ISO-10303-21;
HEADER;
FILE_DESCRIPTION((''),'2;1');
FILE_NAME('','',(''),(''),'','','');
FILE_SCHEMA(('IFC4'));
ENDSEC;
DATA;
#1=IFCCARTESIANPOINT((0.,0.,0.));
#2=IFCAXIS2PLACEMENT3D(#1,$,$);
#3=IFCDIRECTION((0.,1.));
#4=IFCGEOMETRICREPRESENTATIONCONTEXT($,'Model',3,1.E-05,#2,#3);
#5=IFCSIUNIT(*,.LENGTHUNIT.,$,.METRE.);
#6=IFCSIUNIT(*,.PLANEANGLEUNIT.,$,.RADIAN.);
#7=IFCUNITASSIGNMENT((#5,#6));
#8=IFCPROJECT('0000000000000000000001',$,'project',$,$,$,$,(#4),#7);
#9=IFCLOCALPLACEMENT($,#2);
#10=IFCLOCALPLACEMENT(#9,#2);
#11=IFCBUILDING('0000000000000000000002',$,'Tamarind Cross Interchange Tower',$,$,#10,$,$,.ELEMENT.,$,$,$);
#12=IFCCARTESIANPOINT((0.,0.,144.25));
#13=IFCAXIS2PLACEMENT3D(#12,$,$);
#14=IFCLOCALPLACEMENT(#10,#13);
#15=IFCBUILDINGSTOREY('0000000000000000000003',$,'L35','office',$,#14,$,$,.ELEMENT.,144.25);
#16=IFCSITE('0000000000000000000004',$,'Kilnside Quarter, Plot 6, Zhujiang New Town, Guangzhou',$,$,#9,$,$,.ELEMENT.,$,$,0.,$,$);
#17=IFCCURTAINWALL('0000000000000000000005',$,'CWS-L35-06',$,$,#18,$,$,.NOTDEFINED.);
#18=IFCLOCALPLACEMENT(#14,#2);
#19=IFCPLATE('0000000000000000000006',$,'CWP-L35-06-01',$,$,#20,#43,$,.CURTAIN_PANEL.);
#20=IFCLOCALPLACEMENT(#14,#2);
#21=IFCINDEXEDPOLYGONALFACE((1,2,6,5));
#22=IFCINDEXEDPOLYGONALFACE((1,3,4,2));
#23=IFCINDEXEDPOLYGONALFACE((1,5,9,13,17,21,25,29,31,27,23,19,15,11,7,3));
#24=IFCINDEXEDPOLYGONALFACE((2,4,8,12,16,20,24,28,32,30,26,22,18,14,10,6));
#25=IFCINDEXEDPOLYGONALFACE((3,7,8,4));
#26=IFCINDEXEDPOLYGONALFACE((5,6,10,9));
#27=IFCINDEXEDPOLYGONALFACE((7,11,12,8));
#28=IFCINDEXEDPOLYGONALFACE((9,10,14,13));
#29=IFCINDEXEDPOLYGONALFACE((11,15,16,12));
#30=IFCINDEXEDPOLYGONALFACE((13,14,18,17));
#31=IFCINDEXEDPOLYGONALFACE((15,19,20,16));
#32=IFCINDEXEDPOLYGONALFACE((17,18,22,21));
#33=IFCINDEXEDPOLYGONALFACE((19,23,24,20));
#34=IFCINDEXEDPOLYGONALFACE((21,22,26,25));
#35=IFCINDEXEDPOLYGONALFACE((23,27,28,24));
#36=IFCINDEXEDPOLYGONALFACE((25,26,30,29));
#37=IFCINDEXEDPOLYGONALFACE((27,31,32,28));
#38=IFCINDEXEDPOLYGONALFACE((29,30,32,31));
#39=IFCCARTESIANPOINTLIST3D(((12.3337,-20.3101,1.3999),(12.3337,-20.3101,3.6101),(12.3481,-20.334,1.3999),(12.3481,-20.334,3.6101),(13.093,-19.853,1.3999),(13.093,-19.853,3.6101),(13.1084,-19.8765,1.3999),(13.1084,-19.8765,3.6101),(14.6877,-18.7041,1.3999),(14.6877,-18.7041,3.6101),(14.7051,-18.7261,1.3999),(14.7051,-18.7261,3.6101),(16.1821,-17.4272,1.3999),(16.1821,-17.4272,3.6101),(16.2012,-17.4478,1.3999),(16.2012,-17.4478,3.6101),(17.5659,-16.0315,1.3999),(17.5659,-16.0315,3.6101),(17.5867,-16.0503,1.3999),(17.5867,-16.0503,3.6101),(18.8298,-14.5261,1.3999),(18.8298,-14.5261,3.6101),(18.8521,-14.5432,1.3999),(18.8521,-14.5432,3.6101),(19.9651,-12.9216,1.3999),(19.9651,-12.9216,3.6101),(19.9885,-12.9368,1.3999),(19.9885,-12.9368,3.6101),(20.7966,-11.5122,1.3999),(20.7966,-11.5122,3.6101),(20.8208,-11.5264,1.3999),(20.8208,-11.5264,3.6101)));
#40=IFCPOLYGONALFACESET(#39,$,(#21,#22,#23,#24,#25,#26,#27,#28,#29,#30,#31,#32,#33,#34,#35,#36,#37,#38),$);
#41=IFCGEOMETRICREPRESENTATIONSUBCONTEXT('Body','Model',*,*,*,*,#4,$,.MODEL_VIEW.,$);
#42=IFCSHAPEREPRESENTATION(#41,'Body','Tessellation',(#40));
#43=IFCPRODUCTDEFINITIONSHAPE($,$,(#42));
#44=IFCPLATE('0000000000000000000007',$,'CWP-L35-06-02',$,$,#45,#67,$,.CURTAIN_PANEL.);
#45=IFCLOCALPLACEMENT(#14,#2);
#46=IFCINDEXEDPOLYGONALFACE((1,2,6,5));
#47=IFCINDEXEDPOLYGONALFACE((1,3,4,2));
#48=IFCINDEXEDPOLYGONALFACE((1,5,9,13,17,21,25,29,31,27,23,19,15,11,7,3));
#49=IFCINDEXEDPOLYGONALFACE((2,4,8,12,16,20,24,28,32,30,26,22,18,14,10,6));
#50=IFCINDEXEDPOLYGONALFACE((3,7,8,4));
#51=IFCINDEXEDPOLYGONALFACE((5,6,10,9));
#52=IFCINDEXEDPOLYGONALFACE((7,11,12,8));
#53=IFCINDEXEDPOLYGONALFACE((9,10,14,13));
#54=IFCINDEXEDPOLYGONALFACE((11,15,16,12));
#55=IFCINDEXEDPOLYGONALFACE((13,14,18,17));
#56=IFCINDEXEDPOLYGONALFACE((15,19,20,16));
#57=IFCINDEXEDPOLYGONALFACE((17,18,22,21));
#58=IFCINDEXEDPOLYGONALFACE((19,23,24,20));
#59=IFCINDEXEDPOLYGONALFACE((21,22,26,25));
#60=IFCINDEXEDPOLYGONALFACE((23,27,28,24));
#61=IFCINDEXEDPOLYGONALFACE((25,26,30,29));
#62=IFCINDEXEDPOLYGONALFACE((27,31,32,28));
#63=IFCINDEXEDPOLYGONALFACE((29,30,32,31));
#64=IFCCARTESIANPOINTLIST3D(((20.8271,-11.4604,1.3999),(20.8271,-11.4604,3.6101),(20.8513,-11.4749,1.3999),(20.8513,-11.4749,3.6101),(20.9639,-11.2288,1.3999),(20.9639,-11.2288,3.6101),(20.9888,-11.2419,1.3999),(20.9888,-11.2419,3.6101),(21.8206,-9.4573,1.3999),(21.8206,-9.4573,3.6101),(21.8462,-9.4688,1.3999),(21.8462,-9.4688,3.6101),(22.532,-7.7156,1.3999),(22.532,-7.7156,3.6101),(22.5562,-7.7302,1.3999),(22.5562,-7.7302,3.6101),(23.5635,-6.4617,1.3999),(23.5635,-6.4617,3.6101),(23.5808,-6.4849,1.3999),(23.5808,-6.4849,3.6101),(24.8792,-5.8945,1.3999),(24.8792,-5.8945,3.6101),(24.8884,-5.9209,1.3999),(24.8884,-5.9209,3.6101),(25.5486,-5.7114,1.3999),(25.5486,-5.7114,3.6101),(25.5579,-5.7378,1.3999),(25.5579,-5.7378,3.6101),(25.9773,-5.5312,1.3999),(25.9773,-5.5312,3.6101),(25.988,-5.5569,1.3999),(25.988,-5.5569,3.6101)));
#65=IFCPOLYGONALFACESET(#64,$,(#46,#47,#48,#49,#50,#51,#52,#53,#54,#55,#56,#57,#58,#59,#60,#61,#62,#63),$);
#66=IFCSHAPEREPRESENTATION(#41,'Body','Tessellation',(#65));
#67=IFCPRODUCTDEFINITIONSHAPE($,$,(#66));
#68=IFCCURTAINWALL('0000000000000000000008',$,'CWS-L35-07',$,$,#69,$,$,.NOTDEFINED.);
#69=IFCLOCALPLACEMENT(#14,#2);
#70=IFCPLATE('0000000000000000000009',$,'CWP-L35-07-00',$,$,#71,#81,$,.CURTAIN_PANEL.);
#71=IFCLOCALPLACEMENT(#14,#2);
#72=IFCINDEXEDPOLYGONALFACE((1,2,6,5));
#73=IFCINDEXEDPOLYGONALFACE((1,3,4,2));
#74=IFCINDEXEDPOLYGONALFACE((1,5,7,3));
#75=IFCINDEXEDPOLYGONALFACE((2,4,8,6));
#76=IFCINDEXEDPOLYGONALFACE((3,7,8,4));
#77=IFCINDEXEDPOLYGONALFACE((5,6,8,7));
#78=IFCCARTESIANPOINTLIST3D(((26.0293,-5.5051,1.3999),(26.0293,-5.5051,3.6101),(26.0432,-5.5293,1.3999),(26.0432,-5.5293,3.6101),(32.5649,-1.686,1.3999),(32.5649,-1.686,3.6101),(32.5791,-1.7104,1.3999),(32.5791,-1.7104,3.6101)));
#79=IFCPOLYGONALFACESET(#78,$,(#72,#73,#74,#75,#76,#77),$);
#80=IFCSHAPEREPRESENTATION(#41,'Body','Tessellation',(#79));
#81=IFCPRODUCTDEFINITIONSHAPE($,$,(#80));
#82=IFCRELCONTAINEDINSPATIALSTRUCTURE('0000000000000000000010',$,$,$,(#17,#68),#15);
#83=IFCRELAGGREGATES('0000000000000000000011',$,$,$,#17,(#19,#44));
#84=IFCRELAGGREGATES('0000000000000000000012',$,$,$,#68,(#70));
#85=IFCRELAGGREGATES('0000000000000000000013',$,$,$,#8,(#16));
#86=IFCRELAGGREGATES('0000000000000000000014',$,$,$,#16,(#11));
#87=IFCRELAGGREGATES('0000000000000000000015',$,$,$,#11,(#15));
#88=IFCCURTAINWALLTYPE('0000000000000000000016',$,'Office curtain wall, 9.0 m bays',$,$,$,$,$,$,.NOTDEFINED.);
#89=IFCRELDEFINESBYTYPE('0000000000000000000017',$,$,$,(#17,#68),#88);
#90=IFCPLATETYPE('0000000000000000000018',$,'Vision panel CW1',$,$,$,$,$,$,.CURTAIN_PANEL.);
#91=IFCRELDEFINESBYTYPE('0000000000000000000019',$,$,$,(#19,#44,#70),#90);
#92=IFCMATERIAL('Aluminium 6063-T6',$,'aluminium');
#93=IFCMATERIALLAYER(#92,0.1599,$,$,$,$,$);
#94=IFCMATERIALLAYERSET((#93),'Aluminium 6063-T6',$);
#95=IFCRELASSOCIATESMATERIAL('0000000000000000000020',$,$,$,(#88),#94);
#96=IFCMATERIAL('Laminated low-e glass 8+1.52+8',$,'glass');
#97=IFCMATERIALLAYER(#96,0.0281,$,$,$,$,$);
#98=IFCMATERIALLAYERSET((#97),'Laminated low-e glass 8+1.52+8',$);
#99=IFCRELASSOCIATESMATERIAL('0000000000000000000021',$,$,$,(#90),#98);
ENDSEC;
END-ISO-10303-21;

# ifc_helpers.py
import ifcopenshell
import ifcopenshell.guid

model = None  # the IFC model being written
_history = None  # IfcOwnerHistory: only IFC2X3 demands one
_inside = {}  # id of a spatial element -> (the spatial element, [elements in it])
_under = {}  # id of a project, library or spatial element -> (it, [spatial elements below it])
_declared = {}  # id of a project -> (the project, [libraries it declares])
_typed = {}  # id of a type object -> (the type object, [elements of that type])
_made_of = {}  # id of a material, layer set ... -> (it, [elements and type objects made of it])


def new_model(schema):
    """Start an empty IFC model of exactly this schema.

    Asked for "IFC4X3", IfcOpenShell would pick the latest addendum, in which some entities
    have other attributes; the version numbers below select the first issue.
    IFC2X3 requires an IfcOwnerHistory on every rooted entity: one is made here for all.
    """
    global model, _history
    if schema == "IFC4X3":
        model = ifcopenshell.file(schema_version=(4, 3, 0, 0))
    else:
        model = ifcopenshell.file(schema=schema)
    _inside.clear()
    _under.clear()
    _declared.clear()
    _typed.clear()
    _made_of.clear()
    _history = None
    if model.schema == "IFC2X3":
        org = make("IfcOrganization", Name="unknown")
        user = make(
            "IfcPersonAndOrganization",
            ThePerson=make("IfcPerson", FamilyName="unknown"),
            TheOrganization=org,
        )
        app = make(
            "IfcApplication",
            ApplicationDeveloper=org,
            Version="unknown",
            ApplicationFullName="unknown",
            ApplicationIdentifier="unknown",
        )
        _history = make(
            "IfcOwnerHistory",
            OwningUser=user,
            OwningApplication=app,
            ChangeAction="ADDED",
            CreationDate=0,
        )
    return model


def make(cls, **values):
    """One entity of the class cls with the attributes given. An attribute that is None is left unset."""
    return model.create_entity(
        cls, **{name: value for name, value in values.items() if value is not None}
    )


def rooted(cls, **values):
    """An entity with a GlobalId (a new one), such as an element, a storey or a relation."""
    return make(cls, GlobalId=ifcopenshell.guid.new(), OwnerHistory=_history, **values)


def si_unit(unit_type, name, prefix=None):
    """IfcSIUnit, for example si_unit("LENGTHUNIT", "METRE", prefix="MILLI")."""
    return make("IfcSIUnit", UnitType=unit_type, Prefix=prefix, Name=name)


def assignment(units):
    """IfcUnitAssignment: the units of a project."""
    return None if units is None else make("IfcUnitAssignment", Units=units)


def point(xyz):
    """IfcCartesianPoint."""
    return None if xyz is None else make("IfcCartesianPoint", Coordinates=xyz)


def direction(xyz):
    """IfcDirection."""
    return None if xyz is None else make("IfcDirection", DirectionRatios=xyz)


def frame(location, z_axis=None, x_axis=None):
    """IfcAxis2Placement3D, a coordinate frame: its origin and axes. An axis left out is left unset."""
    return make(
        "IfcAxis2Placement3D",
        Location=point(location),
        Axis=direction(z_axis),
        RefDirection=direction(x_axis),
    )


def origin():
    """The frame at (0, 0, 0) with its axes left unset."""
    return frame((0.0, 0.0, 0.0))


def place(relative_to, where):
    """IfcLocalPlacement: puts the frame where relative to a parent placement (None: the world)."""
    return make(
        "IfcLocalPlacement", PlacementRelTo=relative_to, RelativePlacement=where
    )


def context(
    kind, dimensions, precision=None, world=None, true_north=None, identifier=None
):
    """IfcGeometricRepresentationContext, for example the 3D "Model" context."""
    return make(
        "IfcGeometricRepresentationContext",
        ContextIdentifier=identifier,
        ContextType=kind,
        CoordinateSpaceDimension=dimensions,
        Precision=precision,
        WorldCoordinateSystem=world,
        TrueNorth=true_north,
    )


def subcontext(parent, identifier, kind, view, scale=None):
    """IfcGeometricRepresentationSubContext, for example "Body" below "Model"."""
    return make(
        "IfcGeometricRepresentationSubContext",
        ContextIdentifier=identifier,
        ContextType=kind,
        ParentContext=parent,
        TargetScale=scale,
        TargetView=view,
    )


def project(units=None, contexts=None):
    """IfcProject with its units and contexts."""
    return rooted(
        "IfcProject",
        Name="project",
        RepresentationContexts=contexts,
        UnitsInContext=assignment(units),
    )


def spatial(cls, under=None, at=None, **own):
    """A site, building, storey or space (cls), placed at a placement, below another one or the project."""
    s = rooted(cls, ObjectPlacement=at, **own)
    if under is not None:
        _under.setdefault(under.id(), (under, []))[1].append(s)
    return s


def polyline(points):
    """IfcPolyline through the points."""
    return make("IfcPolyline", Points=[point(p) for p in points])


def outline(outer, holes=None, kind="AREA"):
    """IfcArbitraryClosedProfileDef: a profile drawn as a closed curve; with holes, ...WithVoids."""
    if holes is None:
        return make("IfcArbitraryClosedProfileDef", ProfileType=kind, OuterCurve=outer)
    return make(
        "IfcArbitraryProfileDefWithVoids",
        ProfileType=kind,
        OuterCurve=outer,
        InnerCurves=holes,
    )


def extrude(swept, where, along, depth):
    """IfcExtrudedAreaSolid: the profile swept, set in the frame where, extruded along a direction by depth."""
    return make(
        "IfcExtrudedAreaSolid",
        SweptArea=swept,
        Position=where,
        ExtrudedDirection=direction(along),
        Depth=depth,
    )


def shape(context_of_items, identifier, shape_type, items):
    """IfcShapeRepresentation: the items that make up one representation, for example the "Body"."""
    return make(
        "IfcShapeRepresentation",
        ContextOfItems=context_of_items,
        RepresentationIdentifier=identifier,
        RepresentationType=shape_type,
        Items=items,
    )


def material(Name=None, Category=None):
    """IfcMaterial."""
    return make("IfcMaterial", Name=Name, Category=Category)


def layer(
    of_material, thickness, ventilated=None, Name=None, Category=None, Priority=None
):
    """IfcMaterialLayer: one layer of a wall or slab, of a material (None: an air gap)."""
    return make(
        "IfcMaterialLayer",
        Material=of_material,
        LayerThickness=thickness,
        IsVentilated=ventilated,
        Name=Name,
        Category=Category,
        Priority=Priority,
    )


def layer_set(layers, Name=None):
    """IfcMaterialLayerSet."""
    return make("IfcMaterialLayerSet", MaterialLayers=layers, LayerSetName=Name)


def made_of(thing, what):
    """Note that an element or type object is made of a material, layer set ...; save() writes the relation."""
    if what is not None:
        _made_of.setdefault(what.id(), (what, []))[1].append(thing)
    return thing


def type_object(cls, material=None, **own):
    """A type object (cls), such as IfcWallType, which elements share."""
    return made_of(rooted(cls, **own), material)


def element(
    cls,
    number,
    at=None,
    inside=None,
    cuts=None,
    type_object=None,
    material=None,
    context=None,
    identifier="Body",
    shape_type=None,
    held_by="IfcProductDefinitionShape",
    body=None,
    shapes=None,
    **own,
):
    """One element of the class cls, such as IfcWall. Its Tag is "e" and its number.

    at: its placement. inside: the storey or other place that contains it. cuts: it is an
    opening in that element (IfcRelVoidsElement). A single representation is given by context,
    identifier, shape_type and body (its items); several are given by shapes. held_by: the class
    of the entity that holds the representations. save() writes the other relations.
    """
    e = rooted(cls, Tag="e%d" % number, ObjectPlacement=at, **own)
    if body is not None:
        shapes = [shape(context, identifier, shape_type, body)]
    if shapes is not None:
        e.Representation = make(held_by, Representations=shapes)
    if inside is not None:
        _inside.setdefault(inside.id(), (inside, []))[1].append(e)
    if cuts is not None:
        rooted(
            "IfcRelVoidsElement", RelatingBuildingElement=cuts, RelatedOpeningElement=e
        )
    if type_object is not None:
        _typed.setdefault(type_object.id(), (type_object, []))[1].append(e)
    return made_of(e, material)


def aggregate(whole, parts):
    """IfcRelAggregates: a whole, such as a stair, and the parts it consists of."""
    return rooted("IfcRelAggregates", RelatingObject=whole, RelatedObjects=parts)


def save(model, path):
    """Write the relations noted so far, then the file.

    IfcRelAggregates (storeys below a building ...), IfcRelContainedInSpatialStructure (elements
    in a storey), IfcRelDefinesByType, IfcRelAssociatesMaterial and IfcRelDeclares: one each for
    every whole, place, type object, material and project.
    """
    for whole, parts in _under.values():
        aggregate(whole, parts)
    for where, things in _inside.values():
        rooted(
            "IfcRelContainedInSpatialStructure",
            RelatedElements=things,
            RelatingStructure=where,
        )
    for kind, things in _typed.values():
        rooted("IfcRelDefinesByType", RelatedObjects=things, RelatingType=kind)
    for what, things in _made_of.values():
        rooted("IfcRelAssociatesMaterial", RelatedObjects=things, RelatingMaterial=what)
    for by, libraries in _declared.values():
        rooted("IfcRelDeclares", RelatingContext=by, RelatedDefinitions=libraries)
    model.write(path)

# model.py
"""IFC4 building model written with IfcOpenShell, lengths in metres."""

from ifc_helpers import new_model, si_unit, direction, frame, origin, place, context, subcontext, project, spatial, polyline, outline, extrude, material, layer, layer_set, type_object, element, aggregate, save


model = new_model("IFC4")

# Units and contexts
model_context = context("Model", 3, precision=1e-05, world=origin(), true_north=direction((0.0, 1.0)))
body_context = subcontext(model_context, "Body", "Model", "MODEL_VIEW")
ifc_project = project(units=[si_unit("LENGTHUNIT", "METRE"), si_unit("PLANEANGLEUNIT", "RADIAN")], contexts=[model_context])

# Site, building, storey
site_placement = place(None, origin())
site = spatial("IfcSite", under=ifc_project, at=site_placement, Name="Kilnside Quarter, Plot 6, Zhujiang New Town, Guangzhou", CompositionType="ELEMENT", RefElevation=0.0)
building_placement = place(site_placement, origin())
building = spatial("IfcBuilding", under=site, at=building_placement, Name="Tamarind Cross Interchange Tower", CompositionType="ELEMENT")
storey_placement = place(building_placement, frame((0.0, 0.0, 144.25)))
storey = spatial("IfcBuildingStorey", under=building, at=storey_placement, Name="L35", Description="office", CompositionType="ELEMENT", Elevation=144.25)

# Curtain wall
ifc_material_1 = material(Name="Aluminium 6063-T6", Category="aluminium")
ifc_layer_1 = layer(ifc_material_1, 0.1599)
ifc_layer_set_1 = layer_set([ifc_layer_1], Name="Aluminium 6063-T6")
curtain_wall_type = type_object("IfcCurtainWallType", Name="Office curtain wall, 9.0 m bays", PredefinedType="NOTDEFINED", material=ifc_layer_set_1)
curtain_wall_1_placement = place(storey_placement, origin())
curtain_wall_1 = element("IfcCurtainWall", 1, at=curtain_wall_1_placement, inside=storey, type_object=curtain_wall_type, Name="CWS-L35-06", PredefinedType="NOTDEFINED")

# Plates
ifc_material_2 = material(Name="Laminated low-e glass 8+1.52+8", Category="glass")
ifc_layer_2 = layer(ifc_material_2, 0.0281)
ifc_layer_set_2 = layer_set([ifc_layer_2], Name="Laminated low-e glass 8+1.52+8")
plate_type = type_object("IfcPlateType", Name="Vision panel CW1", PredefinedType="CURTAIN_PANEL", material=ifc_layer_set_2)
plate_1_placement = place(storey_placement, frame((0.0, 0.0, 1.3999)))
plate_1 = element("IfcPlate", 2, at=plate_1_placement, type_object=plate_type, Name="CWP-L35-06-01", PredefinedType="CURTAIN_PANEL", context=body_context, shape_type="SweptSolid", body=[
    extrude(outline(polyline([(12.3337, -20.3101), (13.093, -19.853), (14.6877, -18.7041), (16.1821, -17.4272), (17.5659, -16.0315), (18.8298, -14.5261), (19.9651, -12.9216), (20.7966, -11.5122), (20.8208, -11.5264), (19.9885, -12.9368), (18.8521, -14.5432), (17.5867, -16.0503), (16.2012, -17.4478), (14.7051, -18.7261), (13.1084, -19.8765), (12.3481, -20.334), (12.3337, -20.3101)])), origin(), (0.0, 0.0, 1.0), 2.2102),
])
plate_2_placement = place(storey_placement, frame((0.0, 0.0, 1.3999)))
plate_2 = element("IfcPlate", 3, at=plate_2_placement, type_object=plate_type, Name="CWP-L35-06-02", PredefinedType="CURTAIN_PANEL", context=body_context, shape_type="SweptSolid", body=[
    extrude(outline(polyline([(20.8271, -11.4604), (20.9639, -11.2288), (21.8206, -9.4573), (22.532, -7.7156), (23.5635, -6.4617), (24.8792, -5.8945), (25.5486, -5.7114), (25.9773, -5.5312), (25.988, -5.5569), (25.5579, -5.7378), (24.8884, -5.9209), (23.5808, -6.4849), (22.5562, -7.7302), (21.8462, -9.4688), (20.9888, -11.2419), (20.8513, -11.4749), (20.8271, -11.4604)])), origin(), (0.0, 0.0, 1.0), 2.2102),
])
aggregate(curtain_wall_1, [plate_1, plate_2])

# Curtain wall, plate
curtain_wall_2_placement = place(storey_placement, origin())
curtain_wall_2 = element("IfcCurtainWall", 4, at=curtain_wall_2_placement, inside=storey, type_object=curtain_wall_type, Name="CWS-L35-07", PredefinedType="NOTDEFINED")
plate_3_placement = place(storey_placement, frame((0.0, 0.0, 1.3999)))
plate_3 = element("IfcPlate", 5, at=plate_3_placement, type_object=plate_type, Name="CWP-L35-07-00", PredefinedType="CURTAIN_PANEL", context=body_context, shape_type="SweptSolid", body=[
    extrude(outline(polyline([(26.0293, -5.5051), (32.5649, -1.686), (32.5791, -1.7104), (26.0432, -5.5293), (26.0293, -5.5051)])), origin(), (0.0, 0.0, 1.0), 2.2102),
])
aggregate(curtain_wall_2, [plate_3])

save(model, "model.ifc")
